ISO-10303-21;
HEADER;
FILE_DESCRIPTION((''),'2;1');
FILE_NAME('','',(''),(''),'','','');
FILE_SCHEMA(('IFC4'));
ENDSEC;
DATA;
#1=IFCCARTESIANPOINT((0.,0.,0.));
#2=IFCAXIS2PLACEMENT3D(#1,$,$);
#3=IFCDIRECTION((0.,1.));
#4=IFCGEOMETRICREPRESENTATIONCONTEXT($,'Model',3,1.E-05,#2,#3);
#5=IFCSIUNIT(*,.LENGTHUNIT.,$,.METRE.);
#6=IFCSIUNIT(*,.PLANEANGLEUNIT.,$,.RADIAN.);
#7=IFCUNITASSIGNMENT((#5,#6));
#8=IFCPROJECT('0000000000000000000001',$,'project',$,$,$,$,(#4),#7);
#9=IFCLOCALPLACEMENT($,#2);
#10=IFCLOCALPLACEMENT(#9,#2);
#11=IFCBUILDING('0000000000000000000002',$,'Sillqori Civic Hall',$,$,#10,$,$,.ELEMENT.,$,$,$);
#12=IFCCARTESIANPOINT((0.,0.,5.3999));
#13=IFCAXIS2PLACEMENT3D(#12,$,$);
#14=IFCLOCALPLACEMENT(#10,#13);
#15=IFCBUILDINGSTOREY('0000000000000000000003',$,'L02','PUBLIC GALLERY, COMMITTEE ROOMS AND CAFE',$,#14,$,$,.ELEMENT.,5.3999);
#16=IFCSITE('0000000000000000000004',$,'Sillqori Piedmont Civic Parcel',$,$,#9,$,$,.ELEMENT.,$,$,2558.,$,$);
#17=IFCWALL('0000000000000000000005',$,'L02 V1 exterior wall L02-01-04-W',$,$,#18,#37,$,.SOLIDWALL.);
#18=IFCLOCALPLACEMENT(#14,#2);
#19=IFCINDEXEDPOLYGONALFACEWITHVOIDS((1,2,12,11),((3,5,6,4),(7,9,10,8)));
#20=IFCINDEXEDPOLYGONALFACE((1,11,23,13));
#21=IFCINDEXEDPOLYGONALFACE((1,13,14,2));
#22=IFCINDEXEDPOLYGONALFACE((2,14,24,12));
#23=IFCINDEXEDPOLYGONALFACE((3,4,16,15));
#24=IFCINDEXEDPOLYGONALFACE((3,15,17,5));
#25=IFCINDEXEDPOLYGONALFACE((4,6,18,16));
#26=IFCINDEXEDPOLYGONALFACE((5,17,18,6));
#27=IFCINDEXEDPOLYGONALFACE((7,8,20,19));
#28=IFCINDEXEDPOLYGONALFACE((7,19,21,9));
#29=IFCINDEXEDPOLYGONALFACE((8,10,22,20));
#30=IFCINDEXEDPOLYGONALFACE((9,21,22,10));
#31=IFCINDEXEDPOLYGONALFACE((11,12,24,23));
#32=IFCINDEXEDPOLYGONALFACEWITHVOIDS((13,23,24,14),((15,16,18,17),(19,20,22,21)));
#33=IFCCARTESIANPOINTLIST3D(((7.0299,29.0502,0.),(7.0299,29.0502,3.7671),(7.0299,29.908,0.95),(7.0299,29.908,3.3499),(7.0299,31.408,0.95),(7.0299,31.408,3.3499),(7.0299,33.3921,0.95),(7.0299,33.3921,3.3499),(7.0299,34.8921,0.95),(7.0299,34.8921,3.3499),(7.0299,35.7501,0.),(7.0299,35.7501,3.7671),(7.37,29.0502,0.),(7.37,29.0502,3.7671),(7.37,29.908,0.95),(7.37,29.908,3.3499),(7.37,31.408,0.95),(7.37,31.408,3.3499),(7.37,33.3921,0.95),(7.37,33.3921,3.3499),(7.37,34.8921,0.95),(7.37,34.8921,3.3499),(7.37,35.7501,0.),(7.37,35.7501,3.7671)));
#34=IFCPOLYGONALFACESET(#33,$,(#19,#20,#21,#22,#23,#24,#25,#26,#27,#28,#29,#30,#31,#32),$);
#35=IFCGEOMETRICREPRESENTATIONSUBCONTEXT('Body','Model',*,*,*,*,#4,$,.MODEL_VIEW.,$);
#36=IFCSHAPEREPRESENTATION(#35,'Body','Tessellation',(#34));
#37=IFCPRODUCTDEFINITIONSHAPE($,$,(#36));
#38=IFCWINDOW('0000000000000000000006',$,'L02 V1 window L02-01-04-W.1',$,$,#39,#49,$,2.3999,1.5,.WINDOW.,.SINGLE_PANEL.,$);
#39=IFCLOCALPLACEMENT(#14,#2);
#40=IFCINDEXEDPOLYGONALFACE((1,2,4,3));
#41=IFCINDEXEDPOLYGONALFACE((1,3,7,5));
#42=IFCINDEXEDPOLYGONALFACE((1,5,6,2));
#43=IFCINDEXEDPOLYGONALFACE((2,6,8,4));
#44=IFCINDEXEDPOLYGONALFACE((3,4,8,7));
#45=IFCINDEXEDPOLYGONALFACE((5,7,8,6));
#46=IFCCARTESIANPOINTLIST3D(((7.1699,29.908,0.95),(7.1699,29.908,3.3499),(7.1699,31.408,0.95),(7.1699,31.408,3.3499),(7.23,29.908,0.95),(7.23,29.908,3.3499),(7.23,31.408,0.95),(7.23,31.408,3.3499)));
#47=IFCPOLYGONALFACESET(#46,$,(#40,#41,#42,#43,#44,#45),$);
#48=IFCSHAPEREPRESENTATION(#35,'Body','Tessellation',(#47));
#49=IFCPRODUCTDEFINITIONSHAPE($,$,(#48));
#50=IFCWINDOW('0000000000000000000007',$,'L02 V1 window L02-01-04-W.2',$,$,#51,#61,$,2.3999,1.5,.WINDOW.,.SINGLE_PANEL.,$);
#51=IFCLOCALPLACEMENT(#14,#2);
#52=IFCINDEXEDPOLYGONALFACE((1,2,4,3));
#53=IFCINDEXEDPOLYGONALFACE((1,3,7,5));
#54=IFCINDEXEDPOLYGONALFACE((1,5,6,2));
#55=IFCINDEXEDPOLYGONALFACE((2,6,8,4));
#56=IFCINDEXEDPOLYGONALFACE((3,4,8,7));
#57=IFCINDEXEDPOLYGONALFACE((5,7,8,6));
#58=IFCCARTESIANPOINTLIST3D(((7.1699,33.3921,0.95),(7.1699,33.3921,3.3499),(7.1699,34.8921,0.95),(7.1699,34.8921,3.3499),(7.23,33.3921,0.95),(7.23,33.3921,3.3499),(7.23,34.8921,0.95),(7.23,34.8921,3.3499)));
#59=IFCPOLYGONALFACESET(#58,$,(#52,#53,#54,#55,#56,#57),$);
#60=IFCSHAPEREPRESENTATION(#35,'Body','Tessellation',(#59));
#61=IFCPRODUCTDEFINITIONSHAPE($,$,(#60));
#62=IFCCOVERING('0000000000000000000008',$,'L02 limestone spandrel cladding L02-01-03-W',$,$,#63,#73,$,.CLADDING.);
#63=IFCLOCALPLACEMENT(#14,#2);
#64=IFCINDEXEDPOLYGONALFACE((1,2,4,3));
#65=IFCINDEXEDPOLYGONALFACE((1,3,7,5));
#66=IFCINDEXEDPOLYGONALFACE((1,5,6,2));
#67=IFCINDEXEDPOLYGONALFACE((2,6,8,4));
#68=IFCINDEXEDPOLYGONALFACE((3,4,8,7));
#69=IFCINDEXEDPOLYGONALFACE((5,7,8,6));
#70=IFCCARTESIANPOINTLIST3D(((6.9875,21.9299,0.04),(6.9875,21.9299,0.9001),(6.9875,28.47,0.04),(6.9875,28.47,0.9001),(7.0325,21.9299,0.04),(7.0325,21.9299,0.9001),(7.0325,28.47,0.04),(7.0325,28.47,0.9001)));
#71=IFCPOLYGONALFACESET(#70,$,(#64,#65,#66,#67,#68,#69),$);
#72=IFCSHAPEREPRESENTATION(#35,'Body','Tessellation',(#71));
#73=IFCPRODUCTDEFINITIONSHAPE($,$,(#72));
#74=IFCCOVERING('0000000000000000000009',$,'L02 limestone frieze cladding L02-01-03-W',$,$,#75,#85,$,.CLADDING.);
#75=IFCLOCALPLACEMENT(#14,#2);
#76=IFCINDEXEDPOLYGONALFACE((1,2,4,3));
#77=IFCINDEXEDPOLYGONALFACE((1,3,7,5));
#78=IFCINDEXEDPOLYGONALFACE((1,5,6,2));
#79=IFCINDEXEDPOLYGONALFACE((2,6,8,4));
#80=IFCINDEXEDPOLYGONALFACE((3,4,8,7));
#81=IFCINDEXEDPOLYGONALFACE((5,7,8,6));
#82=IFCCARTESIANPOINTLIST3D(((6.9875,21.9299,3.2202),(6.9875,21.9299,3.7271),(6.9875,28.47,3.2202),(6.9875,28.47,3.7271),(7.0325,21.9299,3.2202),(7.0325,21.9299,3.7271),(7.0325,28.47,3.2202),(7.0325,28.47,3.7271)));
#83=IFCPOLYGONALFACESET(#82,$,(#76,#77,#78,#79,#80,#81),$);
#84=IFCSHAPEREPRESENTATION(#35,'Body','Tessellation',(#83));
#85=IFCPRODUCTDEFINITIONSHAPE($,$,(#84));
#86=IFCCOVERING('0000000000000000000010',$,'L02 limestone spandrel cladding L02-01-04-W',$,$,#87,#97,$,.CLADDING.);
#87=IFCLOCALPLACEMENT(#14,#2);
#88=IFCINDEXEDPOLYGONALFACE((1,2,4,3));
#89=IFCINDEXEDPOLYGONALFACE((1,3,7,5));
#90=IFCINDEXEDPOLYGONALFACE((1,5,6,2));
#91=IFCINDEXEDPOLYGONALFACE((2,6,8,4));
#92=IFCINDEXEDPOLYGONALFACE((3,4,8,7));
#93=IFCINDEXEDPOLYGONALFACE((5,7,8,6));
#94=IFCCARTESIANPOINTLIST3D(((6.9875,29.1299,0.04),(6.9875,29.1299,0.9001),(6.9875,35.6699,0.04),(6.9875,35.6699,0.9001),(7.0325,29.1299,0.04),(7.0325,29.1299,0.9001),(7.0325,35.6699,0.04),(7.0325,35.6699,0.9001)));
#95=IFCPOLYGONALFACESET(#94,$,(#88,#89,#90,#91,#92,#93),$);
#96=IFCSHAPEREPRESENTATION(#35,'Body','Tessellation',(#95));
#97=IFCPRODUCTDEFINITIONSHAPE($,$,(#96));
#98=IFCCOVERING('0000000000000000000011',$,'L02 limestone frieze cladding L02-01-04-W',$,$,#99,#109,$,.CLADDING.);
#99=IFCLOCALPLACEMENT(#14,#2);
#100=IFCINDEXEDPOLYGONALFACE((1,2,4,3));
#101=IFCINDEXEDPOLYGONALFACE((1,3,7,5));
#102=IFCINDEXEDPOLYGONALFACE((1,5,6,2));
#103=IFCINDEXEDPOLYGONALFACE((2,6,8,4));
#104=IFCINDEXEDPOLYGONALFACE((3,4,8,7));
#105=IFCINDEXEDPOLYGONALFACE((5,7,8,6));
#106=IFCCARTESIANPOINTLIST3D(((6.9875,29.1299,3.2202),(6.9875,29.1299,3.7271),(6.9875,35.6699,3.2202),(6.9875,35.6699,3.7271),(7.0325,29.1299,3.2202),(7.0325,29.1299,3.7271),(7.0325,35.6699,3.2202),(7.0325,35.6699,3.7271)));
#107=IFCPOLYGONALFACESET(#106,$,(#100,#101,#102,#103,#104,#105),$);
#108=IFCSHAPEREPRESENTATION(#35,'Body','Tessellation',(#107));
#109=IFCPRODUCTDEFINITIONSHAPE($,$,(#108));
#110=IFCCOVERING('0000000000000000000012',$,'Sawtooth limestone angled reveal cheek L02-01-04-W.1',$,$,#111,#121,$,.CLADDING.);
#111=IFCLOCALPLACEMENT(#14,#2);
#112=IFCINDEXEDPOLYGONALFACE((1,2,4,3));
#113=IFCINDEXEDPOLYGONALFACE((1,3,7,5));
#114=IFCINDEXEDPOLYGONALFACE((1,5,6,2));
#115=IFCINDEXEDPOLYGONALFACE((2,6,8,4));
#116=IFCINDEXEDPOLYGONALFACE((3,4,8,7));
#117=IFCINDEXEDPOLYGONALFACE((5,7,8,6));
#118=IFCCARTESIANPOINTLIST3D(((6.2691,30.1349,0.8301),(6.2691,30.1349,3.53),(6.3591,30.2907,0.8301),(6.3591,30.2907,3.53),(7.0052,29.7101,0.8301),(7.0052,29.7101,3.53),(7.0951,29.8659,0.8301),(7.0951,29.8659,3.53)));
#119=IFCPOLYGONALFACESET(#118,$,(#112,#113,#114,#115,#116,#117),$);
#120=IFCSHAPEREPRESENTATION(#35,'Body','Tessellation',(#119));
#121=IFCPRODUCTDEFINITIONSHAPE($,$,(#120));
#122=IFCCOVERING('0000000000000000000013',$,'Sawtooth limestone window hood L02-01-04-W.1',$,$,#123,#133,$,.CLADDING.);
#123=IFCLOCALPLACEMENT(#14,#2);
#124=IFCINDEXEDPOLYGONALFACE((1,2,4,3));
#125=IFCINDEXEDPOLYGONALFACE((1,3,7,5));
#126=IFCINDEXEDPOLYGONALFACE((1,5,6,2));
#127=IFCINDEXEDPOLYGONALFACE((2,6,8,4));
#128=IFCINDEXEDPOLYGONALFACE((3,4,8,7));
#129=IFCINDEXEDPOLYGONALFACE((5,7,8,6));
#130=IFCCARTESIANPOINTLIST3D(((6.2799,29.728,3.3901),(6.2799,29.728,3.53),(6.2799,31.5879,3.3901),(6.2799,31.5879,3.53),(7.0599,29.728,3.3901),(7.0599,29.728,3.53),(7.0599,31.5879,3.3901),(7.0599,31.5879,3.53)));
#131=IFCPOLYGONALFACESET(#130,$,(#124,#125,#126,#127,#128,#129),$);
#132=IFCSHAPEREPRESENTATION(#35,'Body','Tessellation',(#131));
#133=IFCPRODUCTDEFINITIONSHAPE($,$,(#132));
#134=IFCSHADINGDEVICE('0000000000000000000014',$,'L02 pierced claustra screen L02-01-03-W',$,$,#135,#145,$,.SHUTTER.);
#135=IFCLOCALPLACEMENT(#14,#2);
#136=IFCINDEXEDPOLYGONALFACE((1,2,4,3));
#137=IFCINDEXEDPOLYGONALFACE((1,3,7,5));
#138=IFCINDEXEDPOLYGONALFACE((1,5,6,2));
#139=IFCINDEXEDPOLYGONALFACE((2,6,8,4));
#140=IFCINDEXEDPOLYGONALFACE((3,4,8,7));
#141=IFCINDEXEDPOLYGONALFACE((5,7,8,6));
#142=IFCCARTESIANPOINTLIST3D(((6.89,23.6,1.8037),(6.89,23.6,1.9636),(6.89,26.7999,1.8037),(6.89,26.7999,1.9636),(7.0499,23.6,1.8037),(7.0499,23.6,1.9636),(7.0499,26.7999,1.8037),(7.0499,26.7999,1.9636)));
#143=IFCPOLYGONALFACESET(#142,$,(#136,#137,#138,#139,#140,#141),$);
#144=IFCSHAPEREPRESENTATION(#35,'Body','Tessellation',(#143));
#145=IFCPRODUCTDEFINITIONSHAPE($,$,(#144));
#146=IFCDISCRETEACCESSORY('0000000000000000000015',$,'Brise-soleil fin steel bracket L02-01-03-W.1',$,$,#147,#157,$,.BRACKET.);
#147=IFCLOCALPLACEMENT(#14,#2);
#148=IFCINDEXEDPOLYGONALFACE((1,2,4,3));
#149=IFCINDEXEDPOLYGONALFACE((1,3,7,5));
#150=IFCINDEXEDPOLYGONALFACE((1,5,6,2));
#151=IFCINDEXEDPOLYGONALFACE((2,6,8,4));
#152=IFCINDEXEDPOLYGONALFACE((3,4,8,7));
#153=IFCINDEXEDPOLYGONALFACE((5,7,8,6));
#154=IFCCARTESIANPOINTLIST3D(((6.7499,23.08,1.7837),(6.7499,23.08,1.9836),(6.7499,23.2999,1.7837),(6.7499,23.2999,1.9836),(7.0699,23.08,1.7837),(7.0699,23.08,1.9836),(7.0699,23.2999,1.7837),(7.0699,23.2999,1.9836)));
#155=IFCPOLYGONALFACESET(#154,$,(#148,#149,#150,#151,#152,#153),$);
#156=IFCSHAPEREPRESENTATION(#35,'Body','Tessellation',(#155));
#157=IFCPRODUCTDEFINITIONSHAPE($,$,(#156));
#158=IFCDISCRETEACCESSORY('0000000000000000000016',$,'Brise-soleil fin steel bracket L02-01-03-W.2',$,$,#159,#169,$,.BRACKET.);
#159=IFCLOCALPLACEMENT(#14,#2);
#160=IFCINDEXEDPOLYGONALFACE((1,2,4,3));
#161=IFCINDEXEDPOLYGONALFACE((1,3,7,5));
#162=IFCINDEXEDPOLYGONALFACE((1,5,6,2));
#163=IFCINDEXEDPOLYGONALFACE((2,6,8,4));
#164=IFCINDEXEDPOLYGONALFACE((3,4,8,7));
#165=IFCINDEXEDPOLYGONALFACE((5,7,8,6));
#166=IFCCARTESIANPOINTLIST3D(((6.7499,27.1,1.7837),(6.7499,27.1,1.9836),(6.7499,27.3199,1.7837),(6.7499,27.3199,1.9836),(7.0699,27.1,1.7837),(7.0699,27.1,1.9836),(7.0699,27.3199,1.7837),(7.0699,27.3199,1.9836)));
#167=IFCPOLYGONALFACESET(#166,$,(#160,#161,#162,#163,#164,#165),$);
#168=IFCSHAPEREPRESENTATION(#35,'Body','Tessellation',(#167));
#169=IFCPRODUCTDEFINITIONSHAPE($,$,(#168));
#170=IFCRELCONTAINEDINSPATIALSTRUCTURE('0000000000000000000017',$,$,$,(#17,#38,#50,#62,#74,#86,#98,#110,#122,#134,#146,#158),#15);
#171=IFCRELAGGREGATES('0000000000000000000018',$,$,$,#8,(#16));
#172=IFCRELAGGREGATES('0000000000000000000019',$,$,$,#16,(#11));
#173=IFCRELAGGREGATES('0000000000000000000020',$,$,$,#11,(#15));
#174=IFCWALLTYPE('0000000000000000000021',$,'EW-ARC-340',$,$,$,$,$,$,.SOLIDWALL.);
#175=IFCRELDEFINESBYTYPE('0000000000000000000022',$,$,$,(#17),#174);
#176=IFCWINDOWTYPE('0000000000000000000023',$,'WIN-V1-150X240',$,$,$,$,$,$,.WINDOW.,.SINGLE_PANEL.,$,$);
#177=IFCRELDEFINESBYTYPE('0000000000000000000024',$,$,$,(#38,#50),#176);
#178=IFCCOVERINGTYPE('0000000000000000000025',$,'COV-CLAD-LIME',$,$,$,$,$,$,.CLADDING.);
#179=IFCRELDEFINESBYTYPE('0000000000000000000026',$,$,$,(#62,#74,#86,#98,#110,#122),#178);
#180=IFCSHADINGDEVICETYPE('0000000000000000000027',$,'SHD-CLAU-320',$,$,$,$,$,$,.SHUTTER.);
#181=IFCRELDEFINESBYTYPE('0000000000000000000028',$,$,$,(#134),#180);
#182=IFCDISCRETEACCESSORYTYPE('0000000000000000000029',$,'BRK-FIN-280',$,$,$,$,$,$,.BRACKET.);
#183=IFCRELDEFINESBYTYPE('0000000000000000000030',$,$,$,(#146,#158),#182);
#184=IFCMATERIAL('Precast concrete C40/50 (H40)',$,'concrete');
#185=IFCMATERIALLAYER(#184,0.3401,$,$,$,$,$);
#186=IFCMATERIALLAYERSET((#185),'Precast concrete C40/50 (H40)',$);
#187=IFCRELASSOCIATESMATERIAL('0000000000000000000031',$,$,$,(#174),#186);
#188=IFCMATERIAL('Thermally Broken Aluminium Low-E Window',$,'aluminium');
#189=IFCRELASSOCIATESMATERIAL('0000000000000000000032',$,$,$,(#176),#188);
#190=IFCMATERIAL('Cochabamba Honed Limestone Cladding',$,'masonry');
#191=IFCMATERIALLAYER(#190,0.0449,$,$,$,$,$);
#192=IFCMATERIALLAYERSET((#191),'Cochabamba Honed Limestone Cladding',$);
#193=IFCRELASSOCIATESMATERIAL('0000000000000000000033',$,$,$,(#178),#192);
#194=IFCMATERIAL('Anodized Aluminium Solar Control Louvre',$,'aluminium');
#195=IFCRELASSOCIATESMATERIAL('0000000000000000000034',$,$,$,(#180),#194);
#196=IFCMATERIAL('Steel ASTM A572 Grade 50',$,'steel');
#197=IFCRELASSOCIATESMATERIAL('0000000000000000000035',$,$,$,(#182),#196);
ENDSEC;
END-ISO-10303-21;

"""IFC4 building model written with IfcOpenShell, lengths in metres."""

from ifc_helpers import new_model, si_unit, direction, frame, frame_2d, origin, origin_2d, place, context, subcontext, project, spatial, rectangle, extrude, material, layer, layer_set, type_object, element, fill, save


model = new_model("IFC4")

# Units and contexts
model_context = context("Model", 3, precision=1e-05, world=origin(), true_north=direction((0.0, 1.0)))
body_context = subcontext(model_context, "Body", "Model", "MODEL_VIEW")
ifc_project = project(units=[si_unit("LENGTHUNIT", "METRE"), si_unit("PLANEANGLEUNIT", "RADIAN")], contexts=[model_context])

# Site, building, storey
site_placement = place(None, origin())
site = spatial("IfcSite", under=ifc_project, at=site_placement, Name="Sillqori Piedmont Civic Parcel", CompositionType="ELEMENT", RefElevation=2558.0)
building_placement = place(site_placement, origin())
building = spatial("IfcBuilding", under=site, at=building_placement, Name="Sillqori Civic Hall", CompositionType="ELEMENT")
storey_placement = place(building_placement, frame((0.0, 0.0, 5.3999)))
storey = spatial("IfcBuildingStorey", under=building, at=storey_placement, Name="L02", Description="PUBLIC GALLERY, COMMITTEE ROOMS AND CAFE", CompositionType="ELEMENT", Elevation=5.3999)

# Shared definitions
ifc_material_1 = material(Name="Precast concrete C40/50 (H40)", Category="concrete")

# Shared definitions
ifc_layer_1 = layer(ifc_material_1, 0.3401)
ifc_layer_set_1 = layer_set([ifc_layer_1], Name="Precast concrete C40/50 (H40)")
wall_type = type_object("IfcWallType", Name="EW-ARC-340", PredefinedType="SOLIDWALL", material=ifc_layer_set_1)

# Wall, openings, windows
wall_1_placement = place(storey_placement, frame((7.2, 29.05, 0.0), z_axis=(0.0, 0.0, 1.0), x_axis=(0.0, 1.0, 0.0)))
wall_1 = element("IfcWall", 1, at=wall_1_placement, inside=storey, type_object=wall_type, Name="L02 V1 exterior wall L02-01-04-W", PredefinedType="SOLIDWALL", context=body_context, shape_type="SweptSolid", body=[
    extrude(rectangle(XDim=6.7, YDim=0.3401, at=frame_2d((3.3501, 0.0))), origin(), (0.0, 0.0, 1.0), 3.7671),
])
opening_1_placement = place(wall_1_placement, frame((0.8579, 0.0, 0.95)))
opening_1 = element("IfcOpeningElement", 2, at=opening_1_placement, cuts=wall_1, PredefinedType="OPENING", context=body_context, shape_type="SweptSolid", body=[
    extrude(rectangle(XDim=1.5, YDim=2.3999, at=frame_2d((0.75, 1.2))), frame((0.0, 0.1799, 0.0), z_axis=(0.0, -1.0, 0.0), x_axis=(1.0, 0.0, 0.0)), (0.0, 0.0, 1.0), 0.3601),
])
opening_2_placement = place(wall_1_placement, frame((4.342, 0.0, 0.95)))
opening_2 = element("IfcOpeningElement", 3, at=opening_2_placement, cuts=wall_1, PredefinedType="OPENING", context=body_context, shape_type="SweptSolid", body=[
    extrude(rectangle(XDim=1.5, YDim=2.3999, at=frame_2d((0.75, 1.2))), frame((0.0, 0.1799, 0.0), z_axis=(0.0, -1.0, 0.0), x_axis=(1.0, 0.0, 0.0)), (0.0, 0.0, 1.0), 0.3601),
])
ifc_material_2 = material(Name="Thermally Broken Aluminium Low-E Window", Category="aluminium")
window_type = type_object("IfcWindowType", Name="WIN-V1-150X240", PartitioningType="SINGLE_PANEL", PredefinedType="WINDOW", material=ifc_material_2)
window_1_placement = place(opening_1_placement, origin())
window_1 = element("IfcWindow", 4, at=window_1_placement, inside=storey, type_object=window_type, Name="L02 V1 window L02-01-04-W.1", OverallHeight=2.3999, OverallWidth=1.5, PartitioningType="SINGLE_PANEL", PredefinedType="WINDOW", context=body_context, shape_type="SweptSolid", body=[
    extrude(rectangle(XDim=1.5, YDim=2.3999, at=frame_2d((0.75, 1.2))), frame((0.0, 0.03, 0.0), z_axis=(0.0, -1.0, 0.0), x_axis=(1.0, 0.0, 0.0)), (0.0, 0.0, 1.0), 0.0601),
])
fill(opening_1, window_1)
window_2_placement = place(opening_2_placement, origin())
window_2 = element("IfcWindow", 5, at=window_2_placement, inside=storey, type_object=window_type, Name="L02 V1 window L02-01-04-W.2", OverallHeight=2.3999, OverallWidth=1.5, PartitioningType="SINGLE_PANEL", PredefinedType="WINDOW", context=body_context, shape_type="SweptSolid", body=[
    extrude(rectangle(XDim=1.5, YDim=2.3999, at=frame_2d((0.75, 1.2))), frame((0.0, 0.03, 0.0), z_axis=(0.0, -1.0, 0.0), x_axis=(1.0, 0.0, 0.0)), (0.0, 0.0, 1.0), 0.0601),
])
fill(opening_2, window_2)

# Coverings
ifc_material_3 = material(Name="Cochabamba Honed Limestone Cladding", Category="masonry")
ifc_layer_2 = layer(ifc_material_3, 0.0449)
ifc_layer_set_2 = layer_set([ifc_layer_2], Name="Cochabamba Honed Limestone Cladding")
covering_type = type_object("IfcCoveringType", Name="COV-CLAD-LIME", PredefinedType="CLADDING", material=ifc_layer_set_2)
covering_1_placement = place(storey_placement, frame((7.01, 21.9299, 0.04), z_axis=(0.0, 0.0, 1.0), x_axis=(0.0, 1.0, 0.0)))
element("IfcCovering", 6, at=covering_1_placement, inside=storey, type_object=covering_type, Name="L02 limestone spandrel cladding L02-01-03-W", PredefinedType="CLADDING", context=body_context, shape_type="SweptSolid", body=[
    extrude(rectangle(XDim=6.54, YDim=0.0449, at=frame_2d((3.27, 0.0))), origin(), (0.0, 0.0, 1.0), 0.8601),
])
covering_2_placement = place(storey_placement, frame((7.01, 21.9299, 3.2202), z_axis=(0.0, 0.0, 1.0), x_axis=(0.0, 1.0, 0.0)))
element("IfcCovering", 7, at=covering_2_placement, inside=storey, type_object=covering_type, Name="L02 limestone frieze cladding L02-01-03-W", PredefinedType="CLADDING", context=body_context, shape_type="SweptSolid", body=[
    extrude(rectangle(XDim=6.54, YDim=0.0449, at=frame_2d((3.27, 0.0))), origin(), (0.0, 0.0, 1.0), 0.5068),
])
covering_3_placement = place(storey_placement, frame((7.01, 29.1299, 0.04), z_axis=(0.0, 0.0, 1.0), x_axis=(0.0, 1.0, 0.0)))
element("IfcCovering", 8, at=covering_3_placement, inside=storey, type_object=covering_type, Name="L02 limestone spandrel cladding L02-01-04-W", PredefinedType="CLADDING", context=body_context, shape_type="SweptSolid", body=[
    extrude(rectangle(XDim=6.54, YDim=0.0449, at=frame_2d((3.27, 0.0))), origin(), (0.0, 0.0, 1.0), 0.8601),
])
covering_4_placement = place(storey_placement, frame((7.01, 29.1299, 3.2202), z_axis=(0.0, 0.0, 1.0), x_axis=(0.0, 1.0, 0.0)))
element("IfcCovering", 9, at=covering_4_placement, inside=storey, type_object=covering_type, Name="L02 limestone frieze cladding L02-01-04-W", PredefinedType="CLADDING", context=body_context, shape_type="SweptSolid", body=[
    extrude(rectangle(XDim=6.54, YDim=0.0449, at=frame_2d((3.27, 0.0))), origin(), (0.0, 0.0, 1.0), 0.5068),
])
covering_5_placement = place(storey_placement, frame((7.05, 29.7881, 0.8301), z_axis=(0.0, 0.0, 1.0), x_axis=(-0.866114, 0.499847, 0.0)))
element("IfcCovering", 10, at=covering_5_placement, inside=storey, type_object=covering_type, Name="Sawtooth limestone angled reveal cheek L02-01-04-W.1", PredefinedType="CLADDING", context=body_context, shape_type="SweptSolid", body=[
    extrude(rectangle(XDim=0.8499, YDim=0.1799, at=frame_2d((0.4248, 0.0))), origin(), (0.0, 0.0, 1.0), 2.7),
])
covering_6_placement = place(storey_placement, frame((6.6699, 29.728, 3.3901), z_axis=(0.0, 0.0, 1.0), x_axis=(0.0, 1.0, 0.0)))
element("IfcCovering", 11, at=covering_6_placement, inside=storey, type_object=covering_type, Name="Sawtooth limestone window hood L02-01-04-W.1", PredefinedType="CLADDING", context=body_context, shape_type="SweptSolid", body=[
    extrude(rectangle(XDim=1.8599, YDim=0.78, at=frame_2d((0.9299, 0.0))), origin(), (0.0, 0.0, 1.0), 0.1399),
])

# Shading device
ifc_material_4 = material(Name="Anodized Aluminium Solar Control Louvre", Category="aluminium")
shading_device_type = type_object("IfcShadingDeviceType", Name="SHD-CLAU-320", PredefinedType="SHUTTER", material=ifc_material_4)
shading_device_placement = place(storey_placement, frame((6.97, 25.2, 1.8037), z_axis=(0.0, 0.0, 1.0), x_axis=(0.0, 1.0, 0.0)))
element("IfcShadingDevice", 12, at=shading_device_placement, inside=storey, type_object=shading_device_type, Name="L02 pierced claustra screen L02-01-03-W", PredefinedType="SHUTTER", context=body_context, shape_type="SweptSolid", body=[
    extrude(rectangle(XDim=3.2, YDim=0.1599, at=origin_2d()), origin(), (0.0, 0.0, 1.0), 0.1599),
])

# Discrete accessories
ifc_material_5 = material(Name="Steel ASTM A572 Grade 50", Category="steel")
discrete_accessory_type = type_object("IfcDiscreteAccessoryType", Name="BRK-FIN-280", PredefinedType="BRACKET", material=ifc_material_5)
for number, where, z_axis, x_axis, name in (
    (13, (6.9099, 23.1899, 1.7837), (0.0, 0.0, 1.0), (0.0, 1.0, 0.0), "Brise-soleil fin steel bracket L02-01-03-W.1"),
    (14, (6.9099, 27.21, 1.7837), (0.0, 0.0, 1.0), (0.0, 1.0, 0.0), "Brise-soleil fin steel bracket L02-01-03-W.2"),
):
    element("IfcDiscreteAccessory", number, at=place(storey_placement, frame(where, z_axis=z_axis, x_axis=x_axis)), inside=storey, type_object=discrete_accessory_type, Name=name, PredefinedType="BRACKET", context=body_context, shape_type="SweptSolid", body=[
        extrude(rectangle(XDim=0.22, YDim=0.3201, at=origin_2d()), origin(), (0.0, 0.0, 1.0), 0.2),
    ])

save(model, "model.ifc")
